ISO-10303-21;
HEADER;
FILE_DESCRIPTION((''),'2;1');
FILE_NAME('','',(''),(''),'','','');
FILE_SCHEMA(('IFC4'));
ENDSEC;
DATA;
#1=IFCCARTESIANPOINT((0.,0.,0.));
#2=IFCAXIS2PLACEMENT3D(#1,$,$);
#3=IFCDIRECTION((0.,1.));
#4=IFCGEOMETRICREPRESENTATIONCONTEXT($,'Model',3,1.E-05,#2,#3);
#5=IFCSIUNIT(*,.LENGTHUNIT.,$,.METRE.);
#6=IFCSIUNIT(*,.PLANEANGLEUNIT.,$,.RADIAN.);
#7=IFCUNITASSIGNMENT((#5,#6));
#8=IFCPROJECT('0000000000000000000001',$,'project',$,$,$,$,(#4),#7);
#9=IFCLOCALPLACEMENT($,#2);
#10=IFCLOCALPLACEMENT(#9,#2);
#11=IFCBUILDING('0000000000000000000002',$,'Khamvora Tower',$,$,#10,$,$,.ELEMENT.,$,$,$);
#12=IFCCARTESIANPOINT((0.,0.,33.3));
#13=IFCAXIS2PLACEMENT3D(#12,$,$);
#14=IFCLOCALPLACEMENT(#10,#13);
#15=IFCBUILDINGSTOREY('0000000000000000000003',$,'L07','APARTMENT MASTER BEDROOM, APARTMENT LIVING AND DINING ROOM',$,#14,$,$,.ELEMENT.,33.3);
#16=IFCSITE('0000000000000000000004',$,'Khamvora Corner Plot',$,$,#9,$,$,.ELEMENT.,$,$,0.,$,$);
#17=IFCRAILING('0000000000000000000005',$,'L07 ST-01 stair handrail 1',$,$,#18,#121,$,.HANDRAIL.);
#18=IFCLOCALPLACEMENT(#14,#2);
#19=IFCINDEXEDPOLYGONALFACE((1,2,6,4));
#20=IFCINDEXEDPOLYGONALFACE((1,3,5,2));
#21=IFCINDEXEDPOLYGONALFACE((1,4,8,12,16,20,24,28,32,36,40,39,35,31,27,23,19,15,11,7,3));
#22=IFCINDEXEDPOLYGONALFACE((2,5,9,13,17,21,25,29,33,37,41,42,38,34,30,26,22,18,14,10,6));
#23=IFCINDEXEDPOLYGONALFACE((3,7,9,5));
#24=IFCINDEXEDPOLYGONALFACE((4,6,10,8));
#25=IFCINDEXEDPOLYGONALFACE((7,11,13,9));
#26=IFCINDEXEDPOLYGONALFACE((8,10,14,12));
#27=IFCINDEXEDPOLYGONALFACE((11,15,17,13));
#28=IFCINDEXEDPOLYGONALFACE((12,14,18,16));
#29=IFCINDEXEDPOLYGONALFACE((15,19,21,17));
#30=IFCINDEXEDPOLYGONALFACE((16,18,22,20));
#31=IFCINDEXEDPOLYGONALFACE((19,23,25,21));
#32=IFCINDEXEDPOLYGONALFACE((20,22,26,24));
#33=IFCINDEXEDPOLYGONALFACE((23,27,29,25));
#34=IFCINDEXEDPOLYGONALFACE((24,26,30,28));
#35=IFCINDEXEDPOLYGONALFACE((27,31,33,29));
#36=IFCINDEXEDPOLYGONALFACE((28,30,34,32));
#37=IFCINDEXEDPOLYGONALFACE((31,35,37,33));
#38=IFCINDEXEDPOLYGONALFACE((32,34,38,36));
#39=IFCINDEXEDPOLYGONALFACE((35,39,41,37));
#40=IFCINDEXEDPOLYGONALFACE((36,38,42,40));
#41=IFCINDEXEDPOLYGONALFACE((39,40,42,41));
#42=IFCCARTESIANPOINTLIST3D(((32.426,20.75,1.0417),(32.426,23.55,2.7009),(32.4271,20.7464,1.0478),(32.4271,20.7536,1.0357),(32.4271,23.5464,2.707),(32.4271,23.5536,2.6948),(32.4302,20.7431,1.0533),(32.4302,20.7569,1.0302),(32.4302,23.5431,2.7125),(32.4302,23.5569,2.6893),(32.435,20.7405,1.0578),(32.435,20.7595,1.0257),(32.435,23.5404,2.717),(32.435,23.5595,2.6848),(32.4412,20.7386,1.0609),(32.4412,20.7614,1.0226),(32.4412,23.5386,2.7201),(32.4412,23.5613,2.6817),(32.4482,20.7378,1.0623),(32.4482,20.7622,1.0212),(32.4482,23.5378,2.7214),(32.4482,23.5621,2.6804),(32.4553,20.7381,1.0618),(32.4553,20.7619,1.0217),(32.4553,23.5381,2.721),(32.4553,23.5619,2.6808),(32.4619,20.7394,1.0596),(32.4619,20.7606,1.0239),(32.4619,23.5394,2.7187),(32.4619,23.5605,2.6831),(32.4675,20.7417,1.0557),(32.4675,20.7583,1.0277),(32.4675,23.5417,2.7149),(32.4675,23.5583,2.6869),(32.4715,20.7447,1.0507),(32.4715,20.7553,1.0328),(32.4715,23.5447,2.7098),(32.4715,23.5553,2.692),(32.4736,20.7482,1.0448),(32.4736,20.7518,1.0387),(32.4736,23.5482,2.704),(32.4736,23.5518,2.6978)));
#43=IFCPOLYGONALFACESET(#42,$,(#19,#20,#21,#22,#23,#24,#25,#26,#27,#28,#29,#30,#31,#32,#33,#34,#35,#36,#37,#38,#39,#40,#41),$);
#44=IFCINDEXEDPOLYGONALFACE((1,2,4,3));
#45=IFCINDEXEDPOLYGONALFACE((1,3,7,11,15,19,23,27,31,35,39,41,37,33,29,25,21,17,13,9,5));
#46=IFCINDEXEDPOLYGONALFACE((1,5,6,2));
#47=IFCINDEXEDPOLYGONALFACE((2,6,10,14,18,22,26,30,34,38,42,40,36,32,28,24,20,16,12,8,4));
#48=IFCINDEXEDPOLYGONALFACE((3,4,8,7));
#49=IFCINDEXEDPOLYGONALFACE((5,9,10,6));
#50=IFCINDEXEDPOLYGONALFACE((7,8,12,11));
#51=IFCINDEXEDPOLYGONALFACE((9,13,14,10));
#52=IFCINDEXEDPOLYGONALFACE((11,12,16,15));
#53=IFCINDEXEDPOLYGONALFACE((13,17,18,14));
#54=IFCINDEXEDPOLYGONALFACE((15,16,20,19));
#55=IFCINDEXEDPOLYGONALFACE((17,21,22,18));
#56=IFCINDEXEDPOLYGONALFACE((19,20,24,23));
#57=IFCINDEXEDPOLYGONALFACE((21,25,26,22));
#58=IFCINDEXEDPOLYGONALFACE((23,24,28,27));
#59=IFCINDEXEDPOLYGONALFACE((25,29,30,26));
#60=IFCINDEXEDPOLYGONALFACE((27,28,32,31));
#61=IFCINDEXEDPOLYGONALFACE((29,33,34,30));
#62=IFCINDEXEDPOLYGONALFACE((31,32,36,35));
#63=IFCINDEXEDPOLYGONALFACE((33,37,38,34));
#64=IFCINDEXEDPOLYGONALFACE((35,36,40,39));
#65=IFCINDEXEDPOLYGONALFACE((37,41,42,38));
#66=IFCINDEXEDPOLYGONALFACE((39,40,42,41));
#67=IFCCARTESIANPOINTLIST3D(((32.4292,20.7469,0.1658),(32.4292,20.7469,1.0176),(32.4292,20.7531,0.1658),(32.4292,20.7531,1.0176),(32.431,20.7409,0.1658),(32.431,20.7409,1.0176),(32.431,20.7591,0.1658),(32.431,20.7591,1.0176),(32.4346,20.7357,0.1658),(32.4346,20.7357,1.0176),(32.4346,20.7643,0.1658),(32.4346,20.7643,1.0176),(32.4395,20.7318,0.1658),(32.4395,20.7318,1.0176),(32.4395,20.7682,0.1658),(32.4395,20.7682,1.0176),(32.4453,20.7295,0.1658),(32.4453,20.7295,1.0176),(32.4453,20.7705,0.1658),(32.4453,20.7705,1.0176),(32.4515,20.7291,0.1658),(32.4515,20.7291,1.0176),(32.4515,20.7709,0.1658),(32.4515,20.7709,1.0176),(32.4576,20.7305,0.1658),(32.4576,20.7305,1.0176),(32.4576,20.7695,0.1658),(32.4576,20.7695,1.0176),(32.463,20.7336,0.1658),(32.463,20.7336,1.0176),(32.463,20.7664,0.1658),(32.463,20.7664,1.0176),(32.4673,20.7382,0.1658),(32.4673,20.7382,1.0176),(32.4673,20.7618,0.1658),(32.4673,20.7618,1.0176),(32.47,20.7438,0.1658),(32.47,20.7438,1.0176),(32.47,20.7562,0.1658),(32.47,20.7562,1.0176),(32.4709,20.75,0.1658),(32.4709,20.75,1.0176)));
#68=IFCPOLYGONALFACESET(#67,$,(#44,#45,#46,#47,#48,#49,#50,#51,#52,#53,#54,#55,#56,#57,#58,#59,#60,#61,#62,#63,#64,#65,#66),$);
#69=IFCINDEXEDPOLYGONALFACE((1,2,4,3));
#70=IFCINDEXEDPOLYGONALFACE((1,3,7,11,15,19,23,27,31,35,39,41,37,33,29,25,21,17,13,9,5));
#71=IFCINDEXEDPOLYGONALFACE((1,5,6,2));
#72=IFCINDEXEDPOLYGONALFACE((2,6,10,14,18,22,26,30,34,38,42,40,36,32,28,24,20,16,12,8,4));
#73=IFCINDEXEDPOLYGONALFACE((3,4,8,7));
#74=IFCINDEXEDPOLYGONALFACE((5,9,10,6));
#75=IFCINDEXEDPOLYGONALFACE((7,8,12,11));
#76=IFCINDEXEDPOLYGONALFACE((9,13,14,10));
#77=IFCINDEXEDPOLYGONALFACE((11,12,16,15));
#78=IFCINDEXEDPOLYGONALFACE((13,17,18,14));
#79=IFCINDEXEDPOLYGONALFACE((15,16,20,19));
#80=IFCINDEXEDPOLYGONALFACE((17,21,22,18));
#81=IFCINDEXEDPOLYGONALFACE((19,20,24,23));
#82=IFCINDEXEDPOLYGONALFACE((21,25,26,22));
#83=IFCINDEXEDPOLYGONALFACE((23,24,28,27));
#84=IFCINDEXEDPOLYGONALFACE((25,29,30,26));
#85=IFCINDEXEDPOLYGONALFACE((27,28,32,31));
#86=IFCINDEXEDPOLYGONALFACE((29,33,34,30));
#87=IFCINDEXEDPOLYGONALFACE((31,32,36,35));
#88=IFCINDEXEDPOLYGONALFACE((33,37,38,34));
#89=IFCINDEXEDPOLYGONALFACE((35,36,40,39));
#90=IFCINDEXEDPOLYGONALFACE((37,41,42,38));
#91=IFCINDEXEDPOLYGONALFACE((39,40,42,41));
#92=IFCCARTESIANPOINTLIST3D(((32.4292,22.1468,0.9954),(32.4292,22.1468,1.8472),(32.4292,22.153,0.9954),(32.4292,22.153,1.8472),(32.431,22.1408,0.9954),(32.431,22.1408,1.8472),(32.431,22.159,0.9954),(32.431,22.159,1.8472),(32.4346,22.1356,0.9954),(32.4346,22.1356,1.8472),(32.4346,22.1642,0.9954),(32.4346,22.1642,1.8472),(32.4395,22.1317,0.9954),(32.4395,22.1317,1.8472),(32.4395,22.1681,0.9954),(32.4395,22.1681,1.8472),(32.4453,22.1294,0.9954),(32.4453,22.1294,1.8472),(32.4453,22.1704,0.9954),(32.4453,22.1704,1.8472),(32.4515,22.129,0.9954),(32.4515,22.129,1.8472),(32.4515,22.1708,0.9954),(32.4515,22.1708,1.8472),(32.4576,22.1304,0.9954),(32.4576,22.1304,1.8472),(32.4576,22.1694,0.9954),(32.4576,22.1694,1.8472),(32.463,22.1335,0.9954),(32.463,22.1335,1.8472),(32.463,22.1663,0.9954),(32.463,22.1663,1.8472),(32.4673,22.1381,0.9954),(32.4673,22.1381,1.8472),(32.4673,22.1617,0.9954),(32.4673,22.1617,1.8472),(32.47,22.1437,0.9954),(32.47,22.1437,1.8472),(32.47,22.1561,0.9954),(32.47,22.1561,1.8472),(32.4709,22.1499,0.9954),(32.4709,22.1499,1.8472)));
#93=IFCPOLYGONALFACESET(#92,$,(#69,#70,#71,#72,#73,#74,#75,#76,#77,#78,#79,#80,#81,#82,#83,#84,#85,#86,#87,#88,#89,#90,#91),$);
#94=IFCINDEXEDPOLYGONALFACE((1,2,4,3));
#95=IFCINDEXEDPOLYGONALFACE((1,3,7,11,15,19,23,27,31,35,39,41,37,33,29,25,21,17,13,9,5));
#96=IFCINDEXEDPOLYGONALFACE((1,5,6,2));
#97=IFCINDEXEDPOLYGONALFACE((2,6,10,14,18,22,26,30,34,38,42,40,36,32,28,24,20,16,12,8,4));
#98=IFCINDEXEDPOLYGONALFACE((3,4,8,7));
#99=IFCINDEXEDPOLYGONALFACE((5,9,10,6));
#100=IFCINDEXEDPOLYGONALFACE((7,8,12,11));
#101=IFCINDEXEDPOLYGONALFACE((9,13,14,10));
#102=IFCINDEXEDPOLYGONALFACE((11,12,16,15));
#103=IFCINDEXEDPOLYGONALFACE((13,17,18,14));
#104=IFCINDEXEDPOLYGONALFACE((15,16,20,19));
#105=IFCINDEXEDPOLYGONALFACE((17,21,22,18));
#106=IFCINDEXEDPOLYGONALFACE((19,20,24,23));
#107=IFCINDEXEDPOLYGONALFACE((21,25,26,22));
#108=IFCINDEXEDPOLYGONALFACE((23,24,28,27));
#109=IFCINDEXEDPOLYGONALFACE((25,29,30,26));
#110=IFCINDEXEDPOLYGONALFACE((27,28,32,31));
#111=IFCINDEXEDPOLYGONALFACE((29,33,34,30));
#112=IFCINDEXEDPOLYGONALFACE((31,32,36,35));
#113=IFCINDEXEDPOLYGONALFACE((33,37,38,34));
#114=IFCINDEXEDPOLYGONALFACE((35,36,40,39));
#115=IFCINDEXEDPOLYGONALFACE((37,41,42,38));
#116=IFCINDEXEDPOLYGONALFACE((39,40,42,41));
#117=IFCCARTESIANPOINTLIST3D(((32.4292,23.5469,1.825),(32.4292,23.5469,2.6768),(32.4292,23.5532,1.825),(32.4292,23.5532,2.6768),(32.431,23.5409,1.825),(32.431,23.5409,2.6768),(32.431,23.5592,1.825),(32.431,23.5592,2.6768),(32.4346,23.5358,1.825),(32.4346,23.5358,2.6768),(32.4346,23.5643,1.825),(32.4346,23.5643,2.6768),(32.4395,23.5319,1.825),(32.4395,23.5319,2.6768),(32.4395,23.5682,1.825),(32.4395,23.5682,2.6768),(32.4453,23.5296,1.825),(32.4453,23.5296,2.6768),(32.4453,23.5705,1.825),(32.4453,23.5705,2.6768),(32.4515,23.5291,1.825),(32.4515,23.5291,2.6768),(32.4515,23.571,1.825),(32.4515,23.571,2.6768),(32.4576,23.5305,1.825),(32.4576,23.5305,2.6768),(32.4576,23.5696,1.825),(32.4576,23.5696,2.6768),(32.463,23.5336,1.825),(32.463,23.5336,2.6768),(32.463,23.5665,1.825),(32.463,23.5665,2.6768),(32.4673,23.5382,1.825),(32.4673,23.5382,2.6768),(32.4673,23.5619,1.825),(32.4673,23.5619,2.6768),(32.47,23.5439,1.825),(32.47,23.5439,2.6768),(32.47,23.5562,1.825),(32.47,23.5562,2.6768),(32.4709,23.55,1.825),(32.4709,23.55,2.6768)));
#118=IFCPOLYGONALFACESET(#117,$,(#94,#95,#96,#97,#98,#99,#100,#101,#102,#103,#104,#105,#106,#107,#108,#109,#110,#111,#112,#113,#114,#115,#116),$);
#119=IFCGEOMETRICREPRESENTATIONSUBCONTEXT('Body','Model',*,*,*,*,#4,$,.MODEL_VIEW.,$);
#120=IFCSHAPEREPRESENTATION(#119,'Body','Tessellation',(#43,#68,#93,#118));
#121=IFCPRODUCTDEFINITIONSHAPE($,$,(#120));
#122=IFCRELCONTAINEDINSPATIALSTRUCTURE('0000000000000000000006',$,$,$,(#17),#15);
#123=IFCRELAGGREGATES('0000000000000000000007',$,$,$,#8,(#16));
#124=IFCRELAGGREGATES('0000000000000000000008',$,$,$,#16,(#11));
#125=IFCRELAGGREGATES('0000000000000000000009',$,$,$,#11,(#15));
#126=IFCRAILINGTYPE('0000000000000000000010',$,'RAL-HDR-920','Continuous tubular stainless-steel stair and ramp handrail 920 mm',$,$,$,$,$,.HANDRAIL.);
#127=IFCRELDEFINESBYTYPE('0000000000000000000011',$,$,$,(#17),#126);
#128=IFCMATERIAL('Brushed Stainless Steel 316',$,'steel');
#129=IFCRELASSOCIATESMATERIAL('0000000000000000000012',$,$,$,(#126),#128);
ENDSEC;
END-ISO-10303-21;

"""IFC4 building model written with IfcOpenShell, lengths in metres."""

from ifc_helpers import new_model, si_unit, direction, frame, origin, origin_2d, place, context, subcontext, project, spatial, circle, extrude, material, type_object, element, save


model = new_model("IFC4")

# Units and contexts
model_context = context("Model", 3, precision=1e-05, world=origin(), true_north=direction((0.0, 1.0)))
body_context = subcontext(model_context, "Body", "Model", "MODEL_VIEW")
ifc_project = project(units=[si_unit("LENGTHUNIT", "METRE"), si_unit("PLANEANGLEUNIT", "RADIAN")], contexts=[model_context])

# Site, building, storey
site_placement = place(None, origin())
site = spatial("IfcSite", under=ifc_project, at=site_placement, Name="Khamvora Corner Plot", CompositionType="ELEMENT", RefElevation=0.0)
building_placement = place(site_placement, origin())
building = spatial("IfcBuilding", under=site, at=building_placement, Name="Khamvora Tower", CompositionType="ELEMENT")
storey_placement = place(building_placement, frame((0.0, 0.0, 33.3)))
storey = spatial("IfcBuildingStorey", under=building, at=storey_placement, Name="L07", Description="APARTMENT MASTER BEDROOM, APARTMENT LIVING AND DINING ROOM", CompositionType="ELEMENT", Elevation=33.3)

# Railing
ifc_material_1 = material(Name="Brushed Stainless Steel 316", Category="steel")
railing_type_1 = type_object("IfcRailingType", Name="RAL-HDR-920", Description="Continuous tubular stainless-steel stair and ramp handrail 920 mm", PredefinedType="HANDRAIL", material=ifc_material_1)
railing_1_placement = place(storey_placement, frame((32.45, 20.75, 0.1658)))
element("IfcRailing", 1, at=railing_1_placement, inside=storey, type_object=railing_type_1, Name="L07 ST-01 stair handrail 1", PredefinedType="HANDRAIL", context=body_context, shape_type="SweptSolid", body=[
    extrude(circle(Radius=0.0239, at=origin_2d()), frame((0.0, 0.0, 0.876), z_axis=(0.0, 0.860306, 0.509778), x_axis=(-1.0, 0.0, 0.0)), (0.0, 0.0, 1.0), 3.2546),
    extrude(circle(Radius=0.021, at=origin_2d()), origin(), (0.0, 0.0, 1.0), 0.8518),
    extrude(circle(Radius=0.021, at=origin_2d()), frame((0.0, 1.3999, 0.8296)), (0.0, 0.0, 1.0), 0.8518),
    extrude(circle(Radius=0.021, at=origin_2d()), frame((0.0, 2.8, 1.6592)), (0.0, 0.0, 1.0), 0.8518),
])

save(model, "model.ifc")
